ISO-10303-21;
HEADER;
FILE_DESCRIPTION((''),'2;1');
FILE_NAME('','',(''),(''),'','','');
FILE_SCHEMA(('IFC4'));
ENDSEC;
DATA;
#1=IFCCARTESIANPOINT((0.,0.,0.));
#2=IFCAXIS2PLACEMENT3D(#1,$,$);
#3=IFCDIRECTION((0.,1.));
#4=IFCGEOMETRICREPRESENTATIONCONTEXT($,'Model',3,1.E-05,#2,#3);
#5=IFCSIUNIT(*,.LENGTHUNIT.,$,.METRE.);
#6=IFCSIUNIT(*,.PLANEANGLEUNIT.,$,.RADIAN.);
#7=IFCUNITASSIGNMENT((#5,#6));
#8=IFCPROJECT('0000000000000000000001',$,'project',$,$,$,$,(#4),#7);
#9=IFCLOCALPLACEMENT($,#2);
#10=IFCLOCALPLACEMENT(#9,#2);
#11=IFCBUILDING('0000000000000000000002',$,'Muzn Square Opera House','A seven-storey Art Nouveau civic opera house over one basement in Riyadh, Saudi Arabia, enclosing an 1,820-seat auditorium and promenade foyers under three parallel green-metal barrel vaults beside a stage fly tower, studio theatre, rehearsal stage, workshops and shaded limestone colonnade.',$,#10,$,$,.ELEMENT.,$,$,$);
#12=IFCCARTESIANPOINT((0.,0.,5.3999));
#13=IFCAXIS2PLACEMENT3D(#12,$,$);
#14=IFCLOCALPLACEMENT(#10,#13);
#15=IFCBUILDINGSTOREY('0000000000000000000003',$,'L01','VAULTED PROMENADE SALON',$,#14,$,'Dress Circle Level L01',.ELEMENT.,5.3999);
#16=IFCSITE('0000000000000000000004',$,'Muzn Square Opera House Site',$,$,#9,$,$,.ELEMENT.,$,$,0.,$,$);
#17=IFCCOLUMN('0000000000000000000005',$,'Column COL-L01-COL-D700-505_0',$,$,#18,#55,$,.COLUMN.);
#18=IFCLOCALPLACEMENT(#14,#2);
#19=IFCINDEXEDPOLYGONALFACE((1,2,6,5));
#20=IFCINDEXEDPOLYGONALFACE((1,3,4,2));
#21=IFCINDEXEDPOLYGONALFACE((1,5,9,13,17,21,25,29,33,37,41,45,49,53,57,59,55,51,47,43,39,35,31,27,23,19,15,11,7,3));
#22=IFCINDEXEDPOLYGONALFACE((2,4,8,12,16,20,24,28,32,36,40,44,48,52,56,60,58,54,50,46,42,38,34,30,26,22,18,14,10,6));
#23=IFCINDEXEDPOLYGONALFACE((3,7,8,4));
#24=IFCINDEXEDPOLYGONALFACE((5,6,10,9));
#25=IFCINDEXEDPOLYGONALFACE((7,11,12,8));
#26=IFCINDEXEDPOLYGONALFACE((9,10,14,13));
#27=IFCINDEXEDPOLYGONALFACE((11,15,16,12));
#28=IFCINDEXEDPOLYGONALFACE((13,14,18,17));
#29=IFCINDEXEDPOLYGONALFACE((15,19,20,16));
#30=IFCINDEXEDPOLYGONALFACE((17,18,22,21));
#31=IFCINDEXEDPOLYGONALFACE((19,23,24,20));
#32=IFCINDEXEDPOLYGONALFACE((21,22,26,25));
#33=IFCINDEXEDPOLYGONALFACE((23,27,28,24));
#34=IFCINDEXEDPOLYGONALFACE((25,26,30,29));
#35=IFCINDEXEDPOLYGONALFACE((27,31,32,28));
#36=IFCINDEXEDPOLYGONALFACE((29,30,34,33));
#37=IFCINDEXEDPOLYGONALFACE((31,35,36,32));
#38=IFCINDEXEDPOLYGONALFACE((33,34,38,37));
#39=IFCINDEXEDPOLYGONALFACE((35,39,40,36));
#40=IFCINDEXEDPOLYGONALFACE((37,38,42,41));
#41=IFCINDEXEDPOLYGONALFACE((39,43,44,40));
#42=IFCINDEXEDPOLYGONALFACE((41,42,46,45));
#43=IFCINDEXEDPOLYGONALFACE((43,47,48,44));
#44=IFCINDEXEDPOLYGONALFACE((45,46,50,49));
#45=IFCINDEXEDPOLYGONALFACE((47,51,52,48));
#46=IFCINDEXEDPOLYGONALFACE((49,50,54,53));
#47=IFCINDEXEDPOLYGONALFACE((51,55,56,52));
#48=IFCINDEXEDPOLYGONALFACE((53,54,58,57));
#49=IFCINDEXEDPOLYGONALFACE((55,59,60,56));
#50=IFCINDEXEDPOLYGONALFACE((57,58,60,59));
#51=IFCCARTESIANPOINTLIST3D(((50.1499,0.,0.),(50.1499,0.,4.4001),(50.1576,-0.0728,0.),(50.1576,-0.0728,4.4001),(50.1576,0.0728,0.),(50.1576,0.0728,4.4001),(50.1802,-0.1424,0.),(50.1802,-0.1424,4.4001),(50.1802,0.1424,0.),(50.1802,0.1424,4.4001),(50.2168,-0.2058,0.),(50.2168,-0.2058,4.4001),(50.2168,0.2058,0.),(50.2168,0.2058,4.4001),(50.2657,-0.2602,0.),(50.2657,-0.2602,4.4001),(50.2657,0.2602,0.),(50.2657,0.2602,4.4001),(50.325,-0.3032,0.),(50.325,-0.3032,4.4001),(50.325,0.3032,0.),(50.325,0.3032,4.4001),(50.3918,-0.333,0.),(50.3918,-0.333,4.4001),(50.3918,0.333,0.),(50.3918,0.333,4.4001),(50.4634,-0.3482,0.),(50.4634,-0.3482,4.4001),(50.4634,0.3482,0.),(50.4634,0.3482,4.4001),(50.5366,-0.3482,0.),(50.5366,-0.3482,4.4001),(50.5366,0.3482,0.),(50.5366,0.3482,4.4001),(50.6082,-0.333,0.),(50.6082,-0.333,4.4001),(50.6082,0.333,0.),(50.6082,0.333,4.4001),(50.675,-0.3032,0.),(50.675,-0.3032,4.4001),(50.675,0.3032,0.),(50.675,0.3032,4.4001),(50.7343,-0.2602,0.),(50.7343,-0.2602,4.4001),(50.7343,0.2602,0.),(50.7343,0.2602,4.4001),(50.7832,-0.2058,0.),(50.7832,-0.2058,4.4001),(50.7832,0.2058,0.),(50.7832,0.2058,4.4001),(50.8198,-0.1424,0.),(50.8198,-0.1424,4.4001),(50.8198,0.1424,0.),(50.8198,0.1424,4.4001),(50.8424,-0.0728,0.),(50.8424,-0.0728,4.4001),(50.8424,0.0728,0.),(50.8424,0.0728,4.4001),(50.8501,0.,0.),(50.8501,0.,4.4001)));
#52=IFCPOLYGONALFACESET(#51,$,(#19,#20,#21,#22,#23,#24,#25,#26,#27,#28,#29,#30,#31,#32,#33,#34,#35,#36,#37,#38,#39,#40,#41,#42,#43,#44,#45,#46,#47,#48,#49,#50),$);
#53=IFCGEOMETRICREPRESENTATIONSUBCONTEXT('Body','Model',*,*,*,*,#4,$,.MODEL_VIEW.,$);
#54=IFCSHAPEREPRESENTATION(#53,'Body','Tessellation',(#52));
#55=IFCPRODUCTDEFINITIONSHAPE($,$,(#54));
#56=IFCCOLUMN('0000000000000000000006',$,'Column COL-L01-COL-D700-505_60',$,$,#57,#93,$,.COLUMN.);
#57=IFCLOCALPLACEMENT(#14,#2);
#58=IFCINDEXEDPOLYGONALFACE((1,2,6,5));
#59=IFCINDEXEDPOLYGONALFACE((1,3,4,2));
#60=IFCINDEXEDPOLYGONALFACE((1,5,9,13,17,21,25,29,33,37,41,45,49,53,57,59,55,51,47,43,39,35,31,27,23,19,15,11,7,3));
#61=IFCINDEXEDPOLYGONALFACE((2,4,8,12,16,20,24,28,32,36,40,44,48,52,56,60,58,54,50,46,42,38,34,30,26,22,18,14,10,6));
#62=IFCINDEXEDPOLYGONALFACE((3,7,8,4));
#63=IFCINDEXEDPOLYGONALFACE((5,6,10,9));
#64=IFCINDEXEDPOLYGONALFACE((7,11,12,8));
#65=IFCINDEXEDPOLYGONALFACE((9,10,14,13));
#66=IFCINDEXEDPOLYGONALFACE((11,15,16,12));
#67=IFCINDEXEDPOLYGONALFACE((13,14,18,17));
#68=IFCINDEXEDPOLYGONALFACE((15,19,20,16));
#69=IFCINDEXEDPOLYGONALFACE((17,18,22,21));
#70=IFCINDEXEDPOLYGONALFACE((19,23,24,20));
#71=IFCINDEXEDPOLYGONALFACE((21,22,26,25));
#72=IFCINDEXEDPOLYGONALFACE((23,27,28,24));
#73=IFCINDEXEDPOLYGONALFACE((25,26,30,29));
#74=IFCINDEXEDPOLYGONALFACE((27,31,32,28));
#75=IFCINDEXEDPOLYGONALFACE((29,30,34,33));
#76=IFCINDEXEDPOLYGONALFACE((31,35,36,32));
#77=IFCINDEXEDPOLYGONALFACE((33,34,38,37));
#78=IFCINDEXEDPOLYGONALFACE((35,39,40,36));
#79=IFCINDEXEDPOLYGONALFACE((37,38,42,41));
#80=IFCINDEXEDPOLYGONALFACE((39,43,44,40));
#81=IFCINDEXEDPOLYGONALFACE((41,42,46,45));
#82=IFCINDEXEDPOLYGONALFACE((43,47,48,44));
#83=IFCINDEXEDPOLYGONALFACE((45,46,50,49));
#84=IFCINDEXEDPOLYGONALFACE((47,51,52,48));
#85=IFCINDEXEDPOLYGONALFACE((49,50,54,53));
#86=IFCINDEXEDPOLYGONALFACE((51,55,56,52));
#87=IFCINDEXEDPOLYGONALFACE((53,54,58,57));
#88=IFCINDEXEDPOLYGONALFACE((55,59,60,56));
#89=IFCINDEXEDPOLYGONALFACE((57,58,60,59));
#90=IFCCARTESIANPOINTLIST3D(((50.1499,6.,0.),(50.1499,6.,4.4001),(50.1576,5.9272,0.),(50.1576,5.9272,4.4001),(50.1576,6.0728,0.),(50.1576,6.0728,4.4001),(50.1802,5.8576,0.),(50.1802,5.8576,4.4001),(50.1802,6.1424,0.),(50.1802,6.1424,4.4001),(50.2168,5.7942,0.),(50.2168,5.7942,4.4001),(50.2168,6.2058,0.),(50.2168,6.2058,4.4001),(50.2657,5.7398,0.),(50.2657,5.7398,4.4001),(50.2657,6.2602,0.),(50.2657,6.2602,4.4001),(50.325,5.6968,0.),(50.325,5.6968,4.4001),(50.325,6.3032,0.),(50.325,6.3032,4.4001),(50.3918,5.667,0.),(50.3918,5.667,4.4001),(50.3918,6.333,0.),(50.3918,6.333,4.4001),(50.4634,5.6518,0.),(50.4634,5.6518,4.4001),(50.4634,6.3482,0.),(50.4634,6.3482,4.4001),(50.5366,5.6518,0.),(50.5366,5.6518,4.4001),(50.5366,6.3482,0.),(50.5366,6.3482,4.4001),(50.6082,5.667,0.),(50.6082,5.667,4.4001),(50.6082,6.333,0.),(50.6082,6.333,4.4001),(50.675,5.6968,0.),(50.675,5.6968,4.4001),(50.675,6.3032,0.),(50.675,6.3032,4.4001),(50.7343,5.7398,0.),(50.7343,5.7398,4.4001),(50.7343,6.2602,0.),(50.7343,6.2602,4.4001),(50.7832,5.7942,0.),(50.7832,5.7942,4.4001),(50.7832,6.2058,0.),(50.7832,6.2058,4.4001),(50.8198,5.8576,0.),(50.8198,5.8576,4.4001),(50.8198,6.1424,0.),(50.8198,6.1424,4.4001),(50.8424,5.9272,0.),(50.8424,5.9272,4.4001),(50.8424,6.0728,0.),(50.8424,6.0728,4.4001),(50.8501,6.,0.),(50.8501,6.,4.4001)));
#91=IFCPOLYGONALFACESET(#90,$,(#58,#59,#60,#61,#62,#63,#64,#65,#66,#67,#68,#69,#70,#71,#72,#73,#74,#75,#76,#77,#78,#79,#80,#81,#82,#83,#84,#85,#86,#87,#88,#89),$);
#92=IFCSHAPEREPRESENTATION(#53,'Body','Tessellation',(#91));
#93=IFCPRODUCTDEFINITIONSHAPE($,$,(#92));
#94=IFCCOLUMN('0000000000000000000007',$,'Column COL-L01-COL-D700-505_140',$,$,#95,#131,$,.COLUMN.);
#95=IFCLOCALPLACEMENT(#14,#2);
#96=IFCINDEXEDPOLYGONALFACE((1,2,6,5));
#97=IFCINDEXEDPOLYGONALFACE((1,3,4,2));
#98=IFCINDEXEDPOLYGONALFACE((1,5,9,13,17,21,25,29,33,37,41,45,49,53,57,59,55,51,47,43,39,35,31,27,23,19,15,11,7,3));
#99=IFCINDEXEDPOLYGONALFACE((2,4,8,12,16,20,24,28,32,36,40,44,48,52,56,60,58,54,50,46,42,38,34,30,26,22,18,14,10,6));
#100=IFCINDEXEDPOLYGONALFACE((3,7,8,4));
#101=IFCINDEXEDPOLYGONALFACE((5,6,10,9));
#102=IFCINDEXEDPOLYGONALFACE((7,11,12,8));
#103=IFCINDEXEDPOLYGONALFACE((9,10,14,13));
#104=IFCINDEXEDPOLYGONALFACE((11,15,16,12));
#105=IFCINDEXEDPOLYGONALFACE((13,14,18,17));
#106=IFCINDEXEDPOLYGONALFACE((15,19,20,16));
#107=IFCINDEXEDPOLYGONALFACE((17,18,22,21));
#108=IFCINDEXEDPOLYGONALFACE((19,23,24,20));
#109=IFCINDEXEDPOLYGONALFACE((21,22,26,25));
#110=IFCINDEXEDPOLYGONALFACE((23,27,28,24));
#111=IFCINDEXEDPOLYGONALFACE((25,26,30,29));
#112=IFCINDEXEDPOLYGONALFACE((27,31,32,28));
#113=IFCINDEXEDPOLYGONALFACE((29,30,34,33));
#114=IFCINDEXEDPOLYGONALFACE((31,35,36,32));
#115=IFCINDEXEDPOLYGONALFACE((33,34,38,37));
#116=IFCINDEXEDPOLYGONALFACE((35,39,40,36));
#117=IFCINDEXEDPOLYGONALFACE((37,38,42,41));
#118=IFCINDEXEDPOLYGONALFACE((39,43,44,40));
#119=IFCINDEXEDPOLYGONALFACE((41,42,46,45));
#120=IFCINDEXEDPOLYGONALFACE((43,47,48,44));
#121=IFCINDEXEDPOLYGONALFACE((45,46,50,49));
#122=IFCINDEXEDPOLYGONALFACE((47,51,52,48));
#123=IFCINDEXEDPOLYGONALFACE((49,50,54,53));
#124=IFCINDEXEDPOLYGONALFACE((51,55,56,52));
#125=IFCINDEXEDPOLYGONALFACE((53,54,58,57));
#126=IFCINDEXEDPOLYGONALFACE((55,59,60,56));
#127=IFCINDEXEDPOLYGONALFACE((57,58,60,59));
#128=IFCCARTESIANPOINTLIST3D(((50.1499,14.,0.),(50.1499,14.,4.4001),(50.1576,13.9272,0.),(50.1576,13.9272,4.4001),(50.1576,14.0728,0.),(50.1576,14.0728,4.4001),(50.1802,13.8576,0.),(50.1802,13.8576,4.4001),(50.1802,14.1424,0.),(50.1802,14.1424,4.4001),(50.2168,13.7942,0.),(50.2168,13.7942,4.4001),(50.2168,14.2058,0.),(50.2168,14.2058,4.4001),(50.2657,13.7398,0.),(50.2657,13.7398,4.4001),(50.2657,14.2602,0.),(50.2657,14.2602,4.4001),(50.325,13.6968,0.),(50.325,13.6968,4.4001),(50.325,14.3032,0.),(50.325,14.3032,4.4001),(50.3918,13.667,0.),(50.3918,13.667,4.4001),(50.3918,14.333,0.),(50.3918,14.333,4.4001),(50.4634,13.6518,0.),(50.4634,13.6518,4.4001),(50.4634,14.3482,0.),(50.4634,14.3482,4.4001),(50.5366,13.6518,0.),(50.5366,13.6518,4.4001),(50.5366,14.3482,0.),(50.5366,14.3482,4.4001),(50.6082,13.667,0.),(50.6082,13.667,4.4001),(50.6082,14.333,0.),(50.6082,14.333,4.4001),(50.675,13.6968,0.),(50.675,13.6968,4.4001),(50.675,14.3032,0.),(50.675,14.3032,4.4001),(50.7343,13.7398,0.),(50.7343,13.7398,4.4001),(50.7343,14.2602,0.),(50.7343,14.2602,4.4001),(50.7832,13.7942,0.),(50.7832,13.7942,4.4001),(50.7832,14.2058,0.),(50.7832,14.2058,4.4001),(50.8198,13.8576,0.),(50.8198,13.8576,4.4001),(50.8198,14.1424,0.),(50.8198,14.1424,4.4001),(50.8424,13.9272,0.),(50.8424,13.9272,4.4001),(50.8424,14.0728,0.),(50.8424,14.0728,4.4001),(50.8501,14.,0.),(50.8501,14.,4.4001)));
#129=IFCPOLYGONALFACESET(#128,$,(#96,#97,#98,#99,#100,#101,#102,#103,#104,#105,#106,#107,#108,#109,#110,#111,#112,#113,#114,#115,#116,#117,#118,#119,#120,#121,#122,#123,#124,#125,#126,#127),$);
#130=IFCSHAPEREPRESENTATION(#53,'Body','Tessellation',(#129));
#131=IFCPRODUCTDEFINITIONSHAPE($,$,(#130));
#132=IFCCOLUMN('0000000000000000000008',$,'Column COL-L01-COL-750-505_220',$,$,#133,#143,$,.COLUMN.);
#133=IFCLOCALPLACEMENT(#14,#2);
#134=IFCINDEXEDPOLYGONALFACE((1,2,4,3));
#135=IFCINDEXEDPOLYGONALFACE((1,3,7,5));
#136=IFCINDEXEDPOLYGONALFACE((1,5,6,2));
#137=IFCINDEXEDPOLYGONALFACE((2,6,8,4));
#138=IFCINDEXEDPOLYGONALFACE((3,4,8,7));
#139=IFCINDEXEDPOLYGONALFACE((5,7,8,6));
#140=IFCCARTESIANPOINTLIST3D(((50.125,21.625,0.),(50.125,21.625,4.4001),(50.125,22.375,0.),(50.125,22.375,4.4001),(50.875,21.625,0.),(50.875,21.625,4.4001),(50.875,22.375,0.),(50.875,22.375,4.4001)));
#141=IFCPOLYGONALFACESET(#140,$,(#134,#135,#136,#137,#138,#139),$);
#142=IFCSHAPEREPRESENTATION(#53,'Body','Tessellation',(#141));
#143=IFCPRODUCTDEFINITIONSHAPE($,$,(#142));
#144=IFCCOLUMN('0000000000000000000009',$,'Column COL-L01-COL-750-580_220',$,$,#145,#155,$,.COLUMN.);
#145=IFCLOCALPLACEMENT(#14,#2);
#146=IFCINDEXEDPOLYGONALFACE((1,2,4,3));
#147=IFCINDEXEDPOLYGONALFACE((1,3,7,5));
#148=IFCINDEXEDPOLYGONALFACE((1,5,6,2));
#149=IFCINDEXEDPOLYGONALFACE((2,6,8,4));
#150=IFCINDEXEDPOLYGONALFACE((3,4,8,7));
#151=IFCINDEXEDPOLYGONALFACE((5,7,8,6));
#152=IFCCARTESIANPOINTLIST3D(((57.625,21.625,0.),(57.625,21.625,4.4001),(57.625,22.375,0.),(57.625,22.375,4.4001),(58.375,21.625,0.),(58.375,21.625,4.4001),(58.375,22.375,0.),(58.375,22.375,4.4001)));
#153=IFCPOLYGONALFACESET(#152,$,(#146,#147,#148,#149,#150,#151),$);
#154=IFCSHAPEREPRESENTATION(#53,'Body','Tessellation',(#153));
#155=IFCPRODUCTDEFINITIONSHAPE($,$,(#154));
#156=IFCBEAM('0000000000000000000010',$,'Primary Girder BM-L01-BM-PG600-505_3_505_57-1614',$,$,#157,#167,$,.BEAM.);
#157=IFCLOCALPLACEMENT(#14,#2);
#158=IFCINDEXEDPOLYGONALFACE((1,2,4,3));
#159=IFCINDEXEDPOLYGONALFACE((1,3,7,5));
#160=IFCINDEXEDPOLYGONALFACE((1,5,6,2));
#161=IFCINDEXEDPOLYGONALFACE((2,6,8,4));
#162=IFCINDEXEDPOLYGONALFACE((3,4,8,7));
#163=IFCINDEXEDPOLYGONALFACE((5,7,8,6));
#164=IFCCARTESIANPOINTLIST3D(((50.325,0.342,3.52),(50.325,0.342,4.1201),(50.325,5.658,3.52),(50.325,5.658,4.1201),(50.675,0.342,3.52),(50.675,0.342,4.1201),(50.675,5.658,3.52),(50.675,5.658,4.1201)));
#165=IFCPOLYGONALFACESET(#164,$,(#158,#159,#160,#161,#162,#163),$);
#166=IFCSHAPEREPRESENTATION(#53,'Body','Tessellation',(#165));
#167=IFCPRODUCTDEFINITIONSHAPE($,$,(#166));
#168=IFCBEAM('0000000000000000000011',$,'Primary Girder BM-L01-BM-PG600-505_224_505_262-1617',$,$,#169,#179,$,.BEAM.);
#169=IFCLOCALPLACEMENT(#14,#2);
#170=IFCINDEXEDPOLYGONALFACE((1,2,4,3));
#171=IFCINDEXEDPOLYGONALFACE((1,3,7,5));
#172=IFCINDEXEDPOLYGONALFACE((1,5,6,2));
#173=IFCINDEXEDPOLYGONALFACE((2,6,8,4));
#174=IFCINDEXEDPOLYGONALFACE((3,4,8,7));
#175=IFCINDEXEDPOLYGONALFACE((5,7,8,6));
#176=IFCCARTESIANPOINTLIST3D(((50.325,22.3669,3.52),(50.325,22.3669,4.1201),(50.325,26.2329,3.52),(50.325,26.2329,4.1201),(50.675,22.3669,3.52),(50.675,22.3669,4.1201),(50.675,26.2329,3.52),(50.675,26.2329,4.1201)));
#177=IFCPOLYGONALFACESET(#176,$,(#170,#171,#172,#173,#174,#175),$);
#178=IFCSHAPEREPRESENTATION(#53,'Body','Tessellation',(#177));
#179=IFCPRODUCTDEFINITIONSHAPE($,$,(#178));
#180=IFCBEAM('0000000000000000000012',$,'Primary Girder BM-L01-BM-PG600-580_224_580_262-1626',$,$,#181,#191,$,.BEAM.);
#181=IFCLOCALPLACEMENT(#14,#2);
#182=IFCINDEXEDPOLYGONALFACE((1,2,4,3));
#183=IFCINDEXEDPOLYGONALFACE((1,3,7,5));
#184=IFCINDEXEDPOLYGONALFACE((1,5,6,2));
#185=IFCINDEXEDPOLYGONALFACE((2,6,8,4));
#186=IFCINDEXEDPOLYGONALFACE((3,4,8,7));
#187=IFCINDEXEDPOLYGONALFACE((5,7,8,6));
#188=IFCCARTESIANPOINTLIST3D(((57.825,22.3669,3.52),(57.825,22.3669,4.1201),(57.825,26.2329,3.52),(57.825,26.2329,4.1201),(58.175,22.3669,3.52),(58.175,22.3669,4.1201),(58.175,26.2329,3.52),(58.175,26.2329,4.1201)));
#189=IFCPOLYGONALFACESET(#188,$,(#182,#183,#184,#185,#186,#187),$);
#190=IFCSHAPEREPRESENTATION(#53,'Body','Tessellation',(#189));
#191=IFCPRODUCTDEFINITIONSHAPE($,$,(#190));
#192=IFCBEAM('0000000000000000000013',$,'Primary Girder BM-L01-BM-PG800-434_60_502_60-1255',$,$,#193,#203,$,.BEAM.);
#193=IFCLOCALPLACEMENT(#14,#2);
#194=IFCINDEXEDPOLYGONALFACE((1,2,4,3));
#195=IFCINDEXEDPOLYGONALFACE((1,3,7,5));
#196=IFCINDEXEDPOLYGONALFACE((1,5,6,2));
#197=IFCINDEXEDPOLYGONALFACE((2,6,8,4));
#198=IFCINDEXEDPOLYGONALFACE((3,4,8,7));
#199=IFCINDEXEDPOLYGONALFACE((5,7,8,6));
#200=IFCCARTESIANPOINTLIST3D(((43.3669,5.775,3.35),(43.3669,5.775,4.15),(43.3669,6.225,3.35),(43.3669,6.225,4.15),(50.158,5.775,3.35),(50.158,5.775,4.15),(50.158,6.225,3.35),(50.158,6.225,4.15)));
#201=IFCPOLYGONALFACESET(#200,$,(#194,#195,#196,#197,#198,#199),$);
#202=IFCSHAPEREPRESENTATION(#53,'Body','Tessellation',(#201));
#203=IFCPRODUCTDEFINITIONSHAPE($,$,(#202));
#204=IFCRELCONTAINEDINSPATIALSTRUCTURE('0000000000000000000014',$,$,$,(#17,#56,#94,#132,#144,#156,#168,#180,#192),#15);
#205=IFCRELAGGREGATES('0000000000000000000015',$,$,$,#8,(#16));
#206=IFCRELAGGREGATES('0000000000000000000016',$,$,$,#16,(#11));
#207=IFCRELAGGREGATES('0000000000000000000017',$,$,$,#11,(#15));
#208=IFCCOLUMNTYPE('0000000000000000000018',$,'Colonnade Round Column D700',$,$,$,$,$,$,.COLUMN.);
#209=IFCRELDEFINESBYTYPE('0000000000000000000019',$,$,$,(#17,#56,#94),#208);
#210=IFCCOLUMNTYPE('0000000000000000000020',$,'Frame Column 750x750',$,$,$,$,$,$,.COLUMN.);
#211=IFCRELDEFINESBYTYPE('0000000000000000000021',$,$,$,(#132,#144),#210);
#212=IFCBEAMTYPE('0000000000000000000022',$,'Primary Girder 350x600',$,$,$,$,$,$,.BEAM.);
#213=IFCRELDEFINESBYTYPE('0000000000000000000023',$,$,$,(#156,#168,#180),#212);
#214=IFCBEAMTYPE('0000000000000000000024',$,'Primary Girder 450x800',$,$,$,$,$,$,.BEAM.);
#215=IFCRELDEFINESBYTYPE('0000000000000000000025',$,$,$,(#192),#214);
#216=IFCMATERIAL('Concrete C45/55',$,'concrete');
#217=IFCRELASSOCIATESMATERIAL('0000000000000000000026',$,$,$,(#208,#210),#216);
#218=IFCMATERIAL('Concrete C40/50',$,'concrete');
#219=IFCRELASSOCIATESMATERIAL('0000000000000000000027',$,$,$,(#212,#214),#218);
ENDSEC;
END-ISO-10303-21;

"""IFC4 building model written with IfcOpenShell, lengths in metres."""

from ifc_helpers import new_model, si_unit, direction, frame, origin, origin_2d, place, context, subcontext, project, spatial, rectangle, circle, extrude, material, material_profile, profile_set, type_object, element, save


model = new_model("IFC4")

# Units and contexts
model_context = context("Model", 3, precision=1e-05, world=origin(), true_north=direction((0.0, 1.0)))
body_context = subcontext(model_context, "Body", "Model", "MODEL_VIEW")
ifc_project = project(units=[si_unit("LENGTHUNIT", "METRE"), si_unit("PLANEANGLEUNIT", "RADIAN")], contexts=[model_context])

# Site, building, storey
site_placement = place(None, origin())
site = spatial("IfcSite", under=ifc_project, at=site_placement, Name="Muzn Square Opera House Site", CompositionType="ELEMENT", RefElevation=0.0)
building_placement = place(site_placement, origin())
building = spatial("IfcBuilding", under=site, at=building_placement, Name="Muzn Square Opera House", Description="A seven-storey Art Nouveau civic opera house over one basement in Riyadh, Saudi Arabia, enclosing an 1,820-seat auditorium and promenade foyers under three parallel green-metal barrel vaults beside a stage fly tower, studio theatre, rehearsal stage, workshops and shaded limestone colonnade.", CompositionType="ELEMENT")
storey_placement = place(building_placement, frame((0.0, 0.0, 5.3999)))
storey = spatial("IfcBuildingStorey", under=building, at=storey_placement, Name="L01", Description="VAULTED PROMENADE SALON", LongName="Dress Circle Level L01", CompositionType="ELEMENT", Elevation=5.3999)

# Columns
ifc_material_1 = material(Name="Concrete C45/55", Category="concrete")
ifc_material_profile_1 = material_profile(ifc_material_1, circle(Radius=0.3501, at=origin_2d()), Name="RCC D700", Category="concrete")
ifc_profile_set_1 = profile_set([ifc_material_profile_1], Name="Concrete C45/55")
column_type_1 = type_object("IfcColumnType", Name="Colonnade Round Column D700", PredefinedType="COLUMN", material=ifc_profile_set_1)
for number, where, z_axis, x_axis, name in (
    (1, (50.5, 0.0, 0.0), (0.0, 0.0, 1.0), (1.0, 0.0, 0.0), "Column COL-L01-COL-D700-505_0"),
    (2, (50.5, 6.0, 0.0), (0.0, 0.0, 1.0), (1.0, 0.0, 0.0), "Column COL-L01-COL-D700-505_60"),
    (3, (50.5, 14.0, 0.0), (0.0, 0.0, 1.0), (1.0, 0.0, 0.0), "Column COL-L01-COL-D700-505_140"),
):
    element("IfcColumn", number, at=place(storey_placement, frame(where, z_axis=z_axis, x_axis=x_axis)), inside=storey, type_object=column_type_1, Name=name, PredefinedType="COLUMN", context=body_context, shape_type="SweptSolid", body=[
        extrude(circle(Radius=0.3501, at=origin_2d()), origin(), (0.0, 0.0, 1.0), 4.4001),
    ])
ifc_material_profile_2 = material_profile(ifc_material_1, rectangle(XDim=0.75, YDim=0.75, at=origin_2d()), Name="RC 750x750", Category="concrete")
ifc_profile_set_2 = profile_set([ifc_material_profile_2], Name="Concrete C45/55")
column_type_2 = type_object("IfcColumnType", Name="Frame Column 750x750", PredefinedType="COLUMN", material=ifc_profile_set_2)
for number, where, z_axis, x_axis, name in (
    (4, (50.5, 22.0, 0.0), (0.0, 0.0, 1.0), (1.0, 0.0, 0.0), "Column COL-L01-COL-750-505_220"),
    (5, (58.0, 22.0, 0.0), (0.0, 0.0, 1.0), (1.0, 0.0, 0.0), "Column COL-L01-COL-750-580_220"),
):
    element("IfcColumn", number, at=place(storey_placement, frame(where, z_axis=z_axis, x_axis=x_axis)), inside=storey, type_object=column_type_2, Name=name, PredefinedType="COLUMN", context=body_context, shape_type="SweptSolid", body=[
        extrude(rectangle(XDim=0.75, YDim=0.75, at=origin_2d()), origin(), (0.0, 0.0, 1.0), 4.4001),
    ])

# Beams
ifc_material_2 = material(Name="Concrete C40/50", Category="concrete")
ifc_material_profile_3 = material_profile(ifc_material_2, rectangle(XDim=0.3501, YDim=0.6001, at=origin_2d()), Name="RCB 350x600", Category="concrete")
ifc_profile_set_3 = profile_set([ifc_material_profile_3], Name="Concrete C40/50")
beam_type_1 = type_object("IfcBeamType", Name="Primary Girder 350x600", PredefinedType="BEAM", material=ifc_profile_set_3)
beam_1_placement = place(storey_placement, frame((50.5, 0.342, 3.8201), z_axis=(0.0, 1.0, 0.0), x_axis=(-1.0, 0.0, 0.0)))
element("IfcBeam", 6, at=beam_1_placement, inside=storey, type_object=beam_type_1, Name="Primary Girder BM-L01-BM-PG600-505_3_505_57-1614", PredefinedType="BEAM", context=body_context, shape_type="SweptSolid", body=[
    extrude(rectangle(XDim=0.3501, YDim=0.6001, at=origin_2d()), origin(), (0.0, 0.0, 1.0), 5.3159),
])
for number, where, z_axis, x_axis, name in (
    (7, (50.5, 22.3669, 3.8201), (0.0, 1.0, 0.0), (-1.0, 0.0, 0.0), "Primary Girder BM-L01-BM-PG600-505_224_505_262-1617"),
    (8, (58.0, 22.3669, 3.8201), (0.0, 1.0, 0.0), (-1.0, 0.0, 0.0), "Primary Girder BM-L01-BM-PG600-580_224_580_262-1626"),
):
    element("IfcBeam", number, at=place(storey_placement, frame(where, z_axis=z_axis, x_axis=x_axis)), inside=storey, type_object=beam_type_1, Name=name, PredefinedType="BEAM", context=body_context, shape_type="SweptSolid", body=[
        extrude(rectangle(XDim=0.3501, YDim=0.6001, at=origin_2d()), origin(), (0.0, 0.0, 1.0), 3.866),
    ])
ifc_material_profile_4 = material_profile(ifc_material_2, rectangle(XDim=0.45, YDim=0.8, at=origin_2d()), Name="RCB 450x800", Category="concrete")
ifc_profile_set_4 = profile_set([ifc_material_profile_4], Name="Concrete C40/50")
beam_type_2 = type_object("IfcBeamType", Name="Primary Girder 450x800", PredefinedType="BEAM", material=ifc_profile_set_4)
for number, where, z_axis, x_axis, name in (
    (9, (43.3669, 6.0, 3.75), (1.0, 0.0, 0.0), (0.0, 1.0, 0.0), "Primary Girder BM-L01-BM-PG800-434_60_502_60-1255"),
):
    element("IfcBeam", number, at=place(storey_placement, frame(where, z_axis=z_axis, x_axis=x_axis)), inside=storey, type_object=beam_type_2, Name=name, PredefinedType="BEAM", context=body_context, shape_type="SweptSolid", body=[
        extrude(rectangle(XDim=0.45, YDim=0.8, at=origin_2d()), origin(), (0.0, 0.0, 1.0), 6.791),
    ])

save(model, "model.ifc")
